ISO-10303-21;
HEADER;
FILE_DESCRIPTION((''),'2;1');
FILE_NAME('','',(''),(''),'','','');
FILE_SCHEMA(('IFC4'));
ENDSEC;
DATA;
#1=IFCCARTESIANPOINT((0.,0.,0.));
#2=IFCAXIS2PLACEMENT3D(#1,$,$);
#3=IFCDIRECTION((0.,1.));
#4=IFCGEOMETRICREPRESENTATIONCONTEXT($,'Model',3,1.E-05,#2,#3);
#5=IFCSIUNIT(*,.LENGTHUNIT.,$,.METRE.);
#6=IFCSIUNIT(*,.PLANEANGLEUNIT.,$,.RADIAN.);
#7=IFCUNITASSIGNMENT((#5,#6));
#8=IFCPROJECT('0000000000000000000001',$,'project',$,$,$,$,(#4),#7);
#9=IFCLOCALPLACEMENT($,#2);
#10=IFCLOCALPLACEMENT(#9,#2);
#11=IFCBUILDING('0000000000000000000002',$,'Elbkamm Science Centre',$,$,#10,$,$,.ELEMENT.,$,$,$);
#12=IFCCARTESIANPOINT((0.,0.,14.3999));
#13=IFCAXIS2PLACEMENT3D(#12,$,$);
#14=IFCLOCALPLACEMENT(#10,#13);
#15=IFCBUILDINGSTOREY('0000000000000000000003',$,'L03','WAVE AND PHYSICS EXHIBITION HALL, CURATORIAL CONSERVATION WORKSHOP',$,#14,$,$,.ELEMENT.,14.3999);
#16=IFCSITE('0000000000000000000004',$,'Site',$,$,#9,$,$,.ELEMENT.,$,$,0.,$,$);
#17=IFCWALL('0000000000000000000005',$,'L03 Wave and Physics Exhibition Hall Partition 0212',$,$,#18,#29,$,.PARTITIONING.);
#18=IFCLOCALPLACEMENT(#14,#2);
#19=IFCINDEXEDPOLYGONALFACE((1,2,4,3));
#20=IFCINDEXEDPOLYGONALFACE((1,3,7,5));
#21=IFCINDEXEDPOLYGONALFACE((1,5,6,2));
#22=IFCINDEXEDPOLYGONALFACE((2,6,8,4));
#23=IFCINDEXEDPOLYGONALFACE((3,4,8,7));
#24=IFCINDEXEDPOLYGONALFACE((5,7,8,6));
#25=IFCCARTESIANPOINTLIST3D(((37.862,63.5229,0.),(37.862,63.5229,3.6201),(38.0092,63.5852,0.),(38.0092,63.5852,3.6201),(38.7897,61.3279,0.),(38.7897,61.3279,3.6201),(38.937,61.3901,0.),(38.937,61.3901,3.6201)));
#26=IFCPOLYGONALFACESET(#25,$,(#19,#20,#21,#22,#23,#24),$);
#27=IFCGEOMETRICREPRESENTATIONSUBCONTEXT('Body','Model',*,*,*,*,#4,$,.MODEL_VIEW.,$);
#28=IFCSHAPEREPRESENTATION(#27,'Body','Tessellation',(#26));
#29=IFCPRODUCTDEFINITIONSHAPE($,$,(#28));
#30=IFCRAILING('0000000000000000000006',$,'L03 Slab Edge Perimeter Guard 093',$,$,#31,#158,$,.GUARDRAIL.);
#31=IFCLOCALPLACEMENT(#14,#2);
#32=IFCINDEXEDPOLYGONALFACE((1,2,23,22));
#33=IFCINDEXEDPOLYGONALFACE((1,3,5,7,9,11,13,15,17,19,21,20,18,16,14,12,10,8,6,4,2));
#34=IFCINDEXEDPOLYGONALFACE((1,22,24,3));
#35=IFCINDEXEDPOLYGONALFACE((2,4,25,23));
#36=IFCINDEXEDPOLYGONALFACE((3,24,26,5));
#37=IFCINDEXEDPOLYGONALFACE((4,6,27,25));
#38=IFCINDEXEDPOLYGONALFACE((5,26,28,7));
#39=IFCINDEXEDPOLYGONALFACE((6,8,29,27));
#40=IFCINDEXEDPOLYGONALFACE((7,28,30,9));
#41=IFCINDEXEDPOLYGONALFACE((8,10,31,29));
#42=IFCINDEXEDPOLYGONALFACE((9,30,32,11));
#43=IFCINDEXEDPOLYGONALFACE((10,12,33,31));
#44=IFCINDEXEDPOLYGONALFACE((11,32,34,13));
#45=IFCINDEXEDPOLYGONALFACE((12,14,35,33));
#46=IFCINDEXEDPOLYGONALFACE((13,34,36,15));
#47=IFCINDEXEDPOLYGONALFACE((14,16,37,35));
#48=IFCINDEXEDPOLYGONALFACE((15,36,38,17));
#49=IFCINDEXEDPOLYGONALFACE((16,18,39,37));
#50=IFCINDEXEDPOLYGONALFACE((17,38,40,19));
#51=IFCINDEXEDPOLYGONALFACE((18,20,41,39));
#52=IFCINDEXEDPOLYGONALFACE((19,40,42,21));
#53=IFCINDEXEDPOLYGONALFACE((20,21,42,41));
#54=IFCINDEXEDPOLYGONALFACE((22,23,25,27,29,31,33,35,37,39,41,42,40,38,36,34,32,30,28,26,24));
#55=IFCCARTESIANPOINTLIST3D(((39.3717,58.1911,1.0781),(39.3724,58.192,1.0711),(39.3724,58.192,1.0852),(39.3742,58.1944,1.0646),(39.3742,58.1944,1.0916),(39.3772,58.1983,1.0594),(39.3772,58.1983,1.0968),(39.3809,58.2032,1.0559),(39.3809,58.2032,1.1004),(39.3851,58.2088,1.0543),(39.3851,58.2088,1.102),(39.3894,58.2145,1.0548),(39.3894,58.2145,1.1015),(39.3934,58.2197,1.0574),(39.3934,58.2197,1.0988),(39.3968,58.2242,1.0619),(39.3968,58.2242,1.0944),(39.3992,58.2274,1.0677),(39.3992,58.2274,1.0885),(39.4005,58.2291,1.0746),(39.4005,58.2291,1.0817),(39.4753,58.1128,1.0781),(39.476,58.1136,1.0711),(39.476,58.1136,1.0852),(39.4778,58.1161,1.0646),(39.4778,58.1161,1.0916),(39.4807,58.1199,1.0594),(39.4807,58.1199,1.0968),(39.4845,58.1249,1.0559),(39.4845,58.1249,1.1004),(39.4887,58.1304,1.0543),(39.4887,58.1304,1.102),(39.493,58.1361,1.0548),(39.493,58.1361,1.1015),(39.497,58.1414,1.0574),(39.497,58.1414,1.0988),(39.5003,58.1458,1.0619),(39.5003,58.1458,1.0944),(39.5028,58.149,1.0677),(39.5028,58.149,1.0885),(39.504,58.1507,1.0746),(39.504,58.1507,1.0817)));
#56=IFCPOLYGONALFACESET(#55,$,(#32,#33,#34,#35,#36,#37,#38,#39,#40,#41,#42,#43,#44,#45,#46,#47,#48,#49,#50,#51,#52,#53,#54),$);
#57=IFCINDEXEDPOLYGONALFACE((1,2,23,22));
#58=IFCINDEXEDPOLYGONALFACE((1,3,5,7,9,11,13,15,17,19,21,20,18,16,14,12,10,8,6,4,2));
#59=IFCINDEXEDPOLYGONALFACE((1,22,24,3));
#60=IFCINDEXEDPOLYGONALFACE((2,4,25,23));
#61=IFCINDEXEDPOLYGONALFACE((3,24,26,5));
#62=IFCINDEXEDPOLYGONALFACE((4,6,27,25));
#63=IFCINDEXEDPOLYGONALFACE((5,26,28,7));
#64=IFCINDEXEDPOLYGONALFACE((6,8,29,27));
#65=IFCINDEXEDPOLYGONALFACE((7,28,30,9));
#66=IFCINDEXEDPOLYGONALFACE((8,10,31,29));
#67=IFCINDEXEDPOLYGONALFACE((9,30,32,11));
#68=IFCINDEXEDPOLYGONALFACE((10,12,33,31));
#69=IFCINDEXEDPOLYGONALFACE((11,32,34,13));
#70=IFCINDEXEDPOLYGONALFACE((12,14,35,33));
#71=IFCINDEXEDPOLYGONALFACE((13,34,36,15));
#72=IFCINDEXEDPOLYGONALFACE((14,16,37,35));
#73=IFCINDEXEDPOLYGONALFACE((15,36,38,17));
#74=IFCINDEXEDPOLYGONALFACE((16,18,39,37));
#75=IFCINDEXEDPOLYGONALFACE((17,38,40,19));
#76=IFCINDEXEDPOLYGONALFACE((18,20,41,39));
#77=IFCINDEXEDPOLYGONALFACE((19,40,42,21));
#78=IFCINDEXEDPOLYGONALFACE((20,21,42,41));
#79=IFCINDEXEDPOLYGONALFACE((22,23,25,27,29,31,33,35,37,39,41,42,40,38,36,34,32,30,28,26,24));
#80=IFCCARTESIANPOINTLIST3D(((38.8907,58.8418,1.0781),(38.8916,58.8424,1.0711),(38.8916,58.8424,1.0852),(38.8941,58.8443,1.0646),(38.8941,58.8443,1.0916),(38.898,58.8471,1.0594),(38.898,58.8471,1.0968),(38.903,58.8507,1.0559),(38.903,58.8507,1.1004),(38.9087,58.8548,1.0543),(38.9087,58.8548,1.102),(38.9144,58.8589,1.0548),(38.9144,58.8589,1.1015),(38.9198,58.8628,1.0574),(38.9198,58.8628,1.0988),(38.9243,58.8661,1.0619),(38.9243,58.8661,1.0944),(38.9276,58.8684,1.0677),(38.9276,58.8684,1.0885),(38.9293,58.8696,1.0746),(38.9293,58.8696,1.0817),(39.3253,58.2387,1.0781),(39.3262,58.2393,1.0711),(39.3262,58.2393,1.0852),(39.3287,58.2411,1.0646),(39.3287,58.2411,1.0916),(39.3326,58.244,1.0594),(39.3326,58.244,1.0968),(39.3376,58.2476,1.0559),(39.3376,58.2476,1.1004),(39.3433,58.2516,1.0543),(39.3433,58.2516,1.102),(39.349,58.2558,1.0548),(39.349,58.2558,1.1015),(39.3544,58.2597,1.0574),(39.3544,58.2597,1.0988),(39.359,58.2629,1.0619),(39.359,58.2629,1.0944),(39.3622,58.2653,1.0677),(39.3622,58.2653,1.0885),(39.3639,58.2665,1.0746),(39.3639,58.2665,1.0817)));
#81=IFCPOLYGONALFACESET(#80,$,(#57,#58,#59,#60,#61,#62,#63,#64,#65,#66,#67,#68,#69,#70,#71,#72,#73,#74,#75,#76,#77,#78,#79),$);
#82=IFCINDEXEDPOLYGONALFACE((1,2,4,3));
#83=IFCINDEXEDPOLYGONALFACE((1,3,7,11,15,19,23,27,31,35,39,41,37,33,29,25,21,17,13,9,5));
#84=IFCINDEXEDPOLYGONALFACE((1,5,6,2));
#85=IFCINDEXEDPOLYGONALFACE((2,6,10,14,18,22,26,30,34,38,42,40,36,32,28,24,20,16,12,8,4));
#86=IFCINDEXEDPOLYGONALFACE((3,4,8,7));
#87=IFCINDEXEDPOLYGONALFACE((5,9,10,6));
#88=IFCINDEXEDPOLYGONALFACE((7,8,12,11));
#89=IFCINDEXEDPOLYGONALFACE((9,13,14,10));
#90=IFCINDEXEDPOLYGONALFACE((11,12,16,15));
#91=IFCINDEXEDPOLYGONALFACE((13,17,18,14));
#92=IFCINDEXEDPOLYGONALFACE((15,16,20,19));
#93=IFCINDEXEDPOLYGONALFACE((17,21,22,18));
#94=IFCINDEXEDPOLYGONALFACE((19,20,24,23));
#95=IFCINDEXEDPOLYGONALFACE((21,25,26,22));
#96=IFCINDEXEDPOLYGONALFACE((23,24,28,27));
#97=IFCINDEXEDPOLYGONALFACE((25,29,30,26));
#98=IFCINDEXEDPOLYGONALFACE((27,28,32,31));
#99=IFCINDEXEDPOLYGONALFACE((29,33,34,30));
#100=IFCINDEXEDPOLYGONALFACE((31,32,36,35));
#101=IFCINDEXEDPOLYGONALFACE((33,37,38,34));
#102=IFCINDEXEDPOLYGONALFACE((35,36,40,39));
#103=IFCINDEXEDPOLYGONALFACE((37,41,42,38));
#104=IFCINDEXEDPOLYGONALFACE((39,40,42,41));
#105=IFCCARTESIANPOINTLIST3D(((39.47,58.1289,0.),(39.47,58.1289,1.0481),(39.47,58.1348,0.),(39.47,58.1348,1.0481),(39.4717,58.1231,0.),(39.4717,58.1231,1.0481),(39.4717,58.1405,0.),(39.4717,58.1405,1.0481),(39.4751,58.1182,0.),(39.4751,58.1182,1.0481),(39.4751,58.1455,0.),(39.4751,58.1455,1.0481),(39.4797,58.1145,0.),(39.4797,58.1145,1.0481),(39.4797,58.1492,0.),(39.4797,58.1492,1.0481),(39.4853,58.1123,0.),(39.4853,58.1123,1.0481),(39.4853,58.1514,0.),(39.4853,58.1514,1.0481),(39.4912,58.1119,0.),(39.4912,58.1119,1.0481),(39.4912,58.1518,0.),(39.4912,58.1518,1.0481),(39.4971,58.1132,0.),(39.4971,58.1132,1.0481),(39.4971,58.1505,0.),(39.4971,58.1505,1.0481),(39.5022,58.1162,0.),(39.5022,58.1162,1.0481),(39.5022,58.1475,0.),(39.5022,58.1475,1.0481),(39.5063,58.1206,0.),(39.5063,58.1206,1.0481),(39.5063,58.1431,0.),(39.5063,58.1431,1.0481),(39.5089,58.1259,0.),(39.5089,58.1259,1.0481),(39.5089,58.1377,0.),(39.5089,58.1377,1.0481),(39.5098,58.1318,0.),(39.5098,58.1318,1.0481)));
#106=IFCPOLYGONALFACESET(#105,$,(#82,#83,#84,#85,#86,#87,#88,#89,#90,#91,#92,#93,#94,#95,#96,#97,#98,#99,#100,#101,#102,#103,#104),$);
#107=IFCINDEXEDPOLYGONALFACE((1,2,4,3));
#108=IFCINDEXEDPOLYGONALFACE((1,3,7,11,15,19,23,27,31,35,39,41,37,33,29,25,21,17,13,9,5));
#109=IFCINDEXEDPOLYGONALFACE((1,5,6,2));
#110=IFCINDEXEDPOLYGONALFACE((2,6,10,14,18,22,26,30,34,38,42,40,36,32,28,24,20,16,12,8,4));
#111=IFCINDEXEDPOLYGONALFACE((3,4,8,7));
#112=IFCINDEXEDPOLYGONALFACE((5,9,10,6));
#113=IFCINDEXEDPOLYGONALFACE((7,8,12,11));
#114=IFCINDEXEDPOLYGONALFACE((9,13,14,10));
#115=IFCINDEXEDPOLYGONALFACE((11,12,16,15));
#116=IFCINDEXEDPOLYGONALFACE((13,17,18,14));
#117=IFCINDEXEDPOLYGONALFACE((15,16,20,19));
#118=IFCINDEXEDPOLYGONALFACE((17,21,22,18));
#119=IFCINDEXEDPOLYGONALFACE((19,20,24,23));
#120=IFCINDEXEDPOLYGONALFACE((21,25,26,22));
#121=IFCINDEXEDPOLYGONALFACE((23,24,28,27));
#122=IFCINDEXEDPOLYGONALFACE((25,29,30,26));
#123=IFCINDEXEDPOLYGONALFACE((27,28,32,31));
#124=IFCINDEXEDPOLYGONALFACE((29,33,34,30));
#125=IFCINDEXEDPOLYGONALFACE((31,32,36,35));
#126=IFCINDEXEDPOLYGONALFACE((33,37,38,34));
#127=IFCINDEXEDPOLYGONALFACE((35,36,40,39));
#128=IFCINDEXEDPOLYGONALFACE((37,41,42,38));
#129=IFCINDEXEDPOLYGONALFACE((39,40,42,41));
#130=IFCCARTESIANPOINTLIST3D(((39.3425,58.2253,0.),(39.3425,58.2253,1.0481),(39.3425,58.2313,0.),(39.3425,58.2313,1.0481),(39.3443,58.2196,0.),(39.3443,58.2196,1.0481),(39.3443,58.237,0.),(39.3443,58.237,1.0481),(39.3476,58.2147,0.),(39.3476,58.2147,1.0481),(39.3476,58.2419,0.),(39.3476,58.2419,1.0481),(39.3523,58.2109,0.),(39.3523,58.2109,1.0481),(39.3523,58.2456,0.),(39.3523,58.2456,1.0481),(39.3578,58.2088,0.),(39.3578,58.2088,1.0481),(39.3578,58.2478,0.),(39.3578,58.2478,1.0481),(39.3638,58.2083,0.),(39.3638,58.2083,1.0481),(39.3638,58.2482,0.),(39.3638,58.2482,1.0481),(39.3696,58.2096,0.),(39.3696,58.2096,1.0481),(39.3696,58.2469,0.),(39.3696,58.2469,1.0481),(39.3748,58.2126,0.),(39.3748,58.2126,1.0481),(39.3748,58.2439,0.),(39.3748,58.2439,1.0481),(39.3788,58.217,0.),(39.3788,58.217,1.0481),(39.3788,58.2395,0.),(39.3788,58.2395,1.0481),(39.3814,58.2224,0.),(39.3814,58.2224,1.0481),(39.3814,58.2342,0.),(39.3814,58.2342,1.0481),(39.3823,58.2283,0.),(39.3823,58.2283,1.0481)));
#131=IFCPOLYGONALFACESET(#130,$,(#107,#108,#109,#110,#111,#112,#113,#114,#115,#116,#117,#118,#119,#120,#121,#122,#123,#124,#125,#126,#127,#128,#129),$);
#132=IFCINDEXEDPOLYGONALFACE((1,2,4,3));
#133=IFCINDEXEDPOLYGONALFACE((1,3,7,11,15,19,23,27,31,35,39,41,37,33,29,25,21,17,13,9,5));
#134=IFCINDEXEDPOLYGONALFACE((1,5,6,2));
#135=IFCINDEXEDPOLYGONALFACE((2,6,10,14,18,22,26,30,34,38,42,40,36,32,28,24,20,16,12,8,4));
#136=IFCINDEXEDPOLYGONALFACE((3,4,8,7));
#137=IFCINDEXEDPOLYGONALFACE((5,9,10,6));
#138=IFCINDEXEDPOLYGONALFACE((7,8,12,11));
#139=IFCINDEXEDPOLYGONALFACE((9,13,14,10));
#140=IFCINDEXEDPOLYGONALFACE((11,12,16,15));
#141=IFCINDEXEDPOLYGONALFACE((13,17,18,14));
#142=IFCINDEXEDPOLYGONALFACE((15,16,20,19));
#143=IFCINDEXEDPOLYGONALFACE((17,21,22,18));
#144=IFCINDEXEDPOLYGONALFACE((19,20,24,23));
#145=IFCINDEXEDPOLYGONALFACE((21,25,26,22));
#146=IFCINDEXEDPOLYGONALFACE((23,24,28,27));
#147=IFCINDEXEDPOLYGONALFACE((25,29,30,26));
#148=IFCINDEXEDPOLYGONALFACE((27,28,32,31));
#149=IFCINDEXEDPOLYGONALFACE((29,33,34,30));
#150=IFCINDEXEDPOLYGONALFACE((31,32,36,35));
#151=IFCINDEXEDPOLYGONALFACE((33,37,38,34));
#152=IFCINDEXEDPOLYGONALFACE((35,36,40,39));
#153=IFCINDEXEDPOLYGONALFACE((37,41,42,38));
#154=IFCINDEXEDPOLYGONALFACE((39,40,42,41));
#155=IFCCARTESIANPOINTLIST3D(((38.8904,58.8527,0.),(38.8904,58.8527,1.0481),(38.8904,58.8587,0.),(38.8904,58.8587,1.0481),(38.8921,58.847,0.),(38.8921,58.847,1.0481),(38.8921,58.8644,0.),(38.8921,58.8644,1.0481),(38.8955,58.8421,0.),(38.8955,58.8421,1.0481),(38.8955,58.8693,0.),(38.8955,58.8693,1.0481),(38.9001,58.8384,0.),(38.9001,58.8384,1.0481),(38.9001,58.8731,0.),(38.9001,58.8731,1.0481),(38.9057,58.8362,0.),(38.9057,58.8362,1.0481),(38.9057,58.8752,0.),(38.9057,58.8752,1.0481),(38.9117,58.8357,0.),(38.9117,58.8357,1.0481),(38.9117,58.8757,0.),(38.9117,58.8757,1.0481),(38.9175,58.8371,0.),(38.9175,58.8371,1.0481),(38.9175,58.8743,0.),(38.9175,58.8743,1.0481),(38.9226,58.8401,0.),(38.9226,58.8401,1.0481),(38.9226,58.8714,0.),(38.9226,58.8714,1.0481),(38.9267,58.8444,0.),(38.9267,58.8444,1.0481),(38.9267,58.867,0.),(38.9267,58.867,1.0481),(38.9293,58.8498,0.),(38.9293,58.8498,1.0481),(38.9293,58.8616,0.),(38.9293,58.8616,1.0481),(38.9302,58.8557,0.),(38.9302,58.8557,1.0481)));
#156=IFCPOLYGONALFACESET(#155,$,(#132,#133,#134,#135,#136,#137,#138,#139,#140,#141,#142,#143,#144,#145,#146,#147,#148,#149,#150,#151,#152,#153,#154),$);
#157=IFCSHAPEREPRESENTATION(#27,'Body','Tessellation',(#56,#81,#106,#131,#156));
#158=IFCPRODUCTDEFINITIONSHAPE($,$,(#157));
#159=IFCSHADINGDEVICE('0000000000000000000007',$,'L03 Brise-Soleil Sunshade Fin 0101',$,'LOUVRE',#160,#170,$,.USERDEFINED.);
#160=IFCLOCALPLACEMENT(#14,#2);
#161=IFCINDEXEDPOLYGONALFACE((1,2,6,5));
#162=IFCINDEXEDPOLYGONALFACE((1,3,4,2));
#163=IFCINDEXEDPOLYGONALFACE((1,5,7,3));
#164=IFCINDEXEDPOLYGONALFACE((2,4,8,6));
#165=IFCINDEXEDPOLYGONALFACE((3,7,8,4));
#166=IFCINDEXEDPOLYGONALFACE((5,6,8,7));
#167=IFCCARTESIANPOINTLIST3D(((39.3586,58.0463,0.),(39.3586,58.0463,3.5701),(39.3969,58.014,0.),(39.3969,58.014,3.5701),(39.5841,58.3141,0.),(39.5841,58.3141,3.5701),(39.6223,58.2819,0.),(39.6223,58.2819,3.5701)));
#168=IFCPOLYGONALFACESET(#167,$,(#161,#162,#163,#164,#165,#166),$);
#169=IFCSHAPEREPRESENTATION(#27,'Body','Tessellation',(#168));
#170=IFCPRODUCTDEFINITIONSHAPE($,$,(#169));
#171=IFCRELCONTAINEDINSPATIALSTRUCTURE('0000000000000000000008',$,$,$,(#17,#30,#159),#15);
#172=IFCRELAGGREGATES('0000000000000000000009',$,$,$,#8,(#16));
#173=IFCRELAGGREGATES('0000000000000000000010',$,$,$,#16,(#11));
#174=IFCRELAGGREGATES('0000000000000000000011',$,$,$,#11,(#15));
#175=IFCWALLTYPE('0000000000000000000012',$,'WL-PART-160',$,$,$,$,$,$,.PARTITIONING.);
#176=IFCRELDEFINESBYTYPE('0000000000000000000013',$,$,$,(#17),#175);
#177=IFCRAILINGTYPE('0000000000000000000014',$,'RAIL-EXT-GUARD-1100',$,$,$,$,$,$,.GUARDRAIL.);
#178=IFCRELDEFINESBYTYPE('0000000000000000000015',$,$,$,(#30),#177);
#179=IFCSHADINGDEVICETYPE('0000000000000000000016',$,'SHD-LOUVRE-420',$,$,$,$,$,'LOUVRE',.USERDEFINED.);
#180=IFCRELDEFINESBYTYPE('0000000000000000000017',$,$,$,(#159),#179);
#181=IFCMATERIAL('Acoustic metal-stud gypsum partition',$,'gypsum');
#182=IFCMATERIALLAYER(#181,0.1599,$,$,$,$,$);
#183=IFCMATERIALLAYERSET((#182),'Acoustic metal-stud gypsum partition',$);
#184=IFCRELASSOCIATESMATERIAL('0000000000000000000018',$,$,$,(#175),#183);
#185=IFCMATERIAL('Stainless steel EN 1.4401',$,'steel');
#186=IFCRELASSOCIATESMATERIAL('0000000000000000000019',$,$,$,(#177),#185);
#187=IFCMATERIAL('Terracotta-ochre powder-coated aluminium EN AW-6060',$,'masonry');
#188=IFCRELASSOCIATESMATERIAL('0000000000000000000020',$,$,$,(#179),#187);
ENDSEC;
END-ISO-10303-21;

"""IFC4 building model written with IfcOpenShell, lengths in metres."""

from ifc_helpers import new_model, si_unit, direction, frame, frame_2d, origin, origin_2d, place, context, subcontext, project, spatial, rectangle, circle, extrude, material, layer, layer_set, type_object, element, save


model = new_model("IFC4")

# Units and contexts
model_context = context("Model", 3, precision=1e-05, world=origin(), true_north=direction((0.0, 1.0)))
body_context = subcontext(model_context, "Body", "Model", "MODEL_VIEW")
ifc_project = project(units=[si_unit("LENGTHUNIT", "METRE"), si_unit("PLANEANGLEUNIT", "RADIAN")], contexts=[model_context])

# Site, building, storey
site_placement = place(None, origin())
site = spatial("IfcSite", under=ifc_project, at=site_placement, Name="Site", CompositionType="ELEMENT", RefElevation=0.0)
building_placement = place(site_placement, origin())
building = spatial("IfcBuilding", under=site, at=building_placement, Name="Elbkamm Science Centre", CompositionType="ELEMENT")
storey_placement = place(building_placement, frame((0.0, 0.0, 14.3999)))
storey = spatial("IfcBuildingStorey", under=building, at=storey_placement, Name="L03", Description="WAVE AND PHYSICS EXHIBITION HALL, CURATORIAL CONSERVATION WORKSHOP", CompositionType="ELEMENT", Elevation=14.3999)

# Wall
ifc_material_1 = material(Name="Acoustic metal-stud gypsum partition", Category="gypsum")
ifc_layer_1 = layer(ifc_material_1, 0.1599)
ifc_layer_set_1 = layer_set([ifc_layer_1], Name="Acoustic metal-stud gypsum partition")
wall_type_1 = type_object("IfcWallType", Name="WL-PART-160", PredefinedType="PARTITIONING", material=ifc_layer_set_1)
wall_1_placement = place(storey_placement, frame((38.8633, 61.3591, 0.0), z_axis=(0.0, 0.0, 1.0), x_axis=(-0.389302, 0.92111, 0.0)))
element("IfcWall", 1, at=wall_1_placement, inside=storey, type_object=wall_type_1, Name="L03 Wave and Physics Exhibition Hall Partition 0212", PredefinedType="PARTITIONING", context=body_context, shape_type="SweptSolid", body=[
    extrude(rectangle(XDim=2.3831, YDim=0.1599, at=frame_2d((1.1914, 0.0))), origin(), (0.0, 0.0, 1.0), 3.6201),
])

# Railing
ifc_material_2 = material(Name="Stainless steel EN 1.4401", Category="steel")
railing_type = type_object("IfcRailingType", Name="RAIL-EXT-GUARD-1100", PredefinedType="GUARDRAIL", material=ifc_material_2)
railing_1_placement = place(storey_placement, frame((39.4897, 58.1318, 0.0)))
element("IfcRailing", 2, at=railing_1_placement, inside=storey, type_object=railing_type, Name="L03 Slab Edge Perimeter Guard 093", PredefinedType="GUARDRAIL", context=body_context, shape_type="SweptSolid", body=[
    extrude(circle(Radius=0.0239, at=origin_2d()), frame((0.0, 0.0, 1.0781), z_axis=(-0.797426, 0.603416, 0.0), x_axis=(-0.603416, -0.797426, 0.0)), (0.0, 0.0, 1.0), 0.1299),
    extrude(circle(Radius=0.0239, at=origin_2d()), frame((-0.145, 0.1208, 1.0781), z_axis=(-0.584637, 0.811295, 0.0), x_axis=(-0.811295, -0.584637, 0.0)), (0.0, 0.0, 1.0), 0.7434),
    extrude(circle(Radius=0.02, at=origin_2d()), origin(), (0.0, 0.0, 1.0), 1.0481),
    extrude(circle(Radius=0.02, at=origin_2d()), frame((-0.1274, 0.0964, 0.0)), (0.0, 0.0, 1.0), 1.0481),
    extrude(circle(Radius=0.02, at=origin_2d()), frame((-0.5796, 0.7239, 0.0)), (0.0, 0.0, 1.0), 1.0481),
])

# Shading device
ifc_material_3 = material(Name="Terracotta-ochre powder-coated aluminium EN AW-6060", Category="masonry")
shading_device_type = type_object("IfcShadingDeviceType", Name="SHD-LOUVRE-420", ElementType="LOUVRE", PredefinedType="USERDEFINED", material=ifc_material_3)
shading_device_placement = place(storey_placement, frame((39.4905, 58.1641, 0.0), z_axis=(0.0, 0.0, 1.0), x_axis=(-0.643957, -0.765062, 0.0)))
element("IfcShadingDevice", 3, at=shading_device_placement, inside=storey, type_object=shading_device_type, Name="L03 Brise-Soleil Sunshade Fin 0101", ObjectType="LOUVRE", PredefinedType="USERDEFINED", context=body_context, shape_type="SweptSolid", body=[
    extrude(rectangle(XDim=0.3501, YDim=0.05, at=origin_2d()), origin(), (0.0, 0.0, 1.0), 3.5701),
])

save(model, "model.ifc")
